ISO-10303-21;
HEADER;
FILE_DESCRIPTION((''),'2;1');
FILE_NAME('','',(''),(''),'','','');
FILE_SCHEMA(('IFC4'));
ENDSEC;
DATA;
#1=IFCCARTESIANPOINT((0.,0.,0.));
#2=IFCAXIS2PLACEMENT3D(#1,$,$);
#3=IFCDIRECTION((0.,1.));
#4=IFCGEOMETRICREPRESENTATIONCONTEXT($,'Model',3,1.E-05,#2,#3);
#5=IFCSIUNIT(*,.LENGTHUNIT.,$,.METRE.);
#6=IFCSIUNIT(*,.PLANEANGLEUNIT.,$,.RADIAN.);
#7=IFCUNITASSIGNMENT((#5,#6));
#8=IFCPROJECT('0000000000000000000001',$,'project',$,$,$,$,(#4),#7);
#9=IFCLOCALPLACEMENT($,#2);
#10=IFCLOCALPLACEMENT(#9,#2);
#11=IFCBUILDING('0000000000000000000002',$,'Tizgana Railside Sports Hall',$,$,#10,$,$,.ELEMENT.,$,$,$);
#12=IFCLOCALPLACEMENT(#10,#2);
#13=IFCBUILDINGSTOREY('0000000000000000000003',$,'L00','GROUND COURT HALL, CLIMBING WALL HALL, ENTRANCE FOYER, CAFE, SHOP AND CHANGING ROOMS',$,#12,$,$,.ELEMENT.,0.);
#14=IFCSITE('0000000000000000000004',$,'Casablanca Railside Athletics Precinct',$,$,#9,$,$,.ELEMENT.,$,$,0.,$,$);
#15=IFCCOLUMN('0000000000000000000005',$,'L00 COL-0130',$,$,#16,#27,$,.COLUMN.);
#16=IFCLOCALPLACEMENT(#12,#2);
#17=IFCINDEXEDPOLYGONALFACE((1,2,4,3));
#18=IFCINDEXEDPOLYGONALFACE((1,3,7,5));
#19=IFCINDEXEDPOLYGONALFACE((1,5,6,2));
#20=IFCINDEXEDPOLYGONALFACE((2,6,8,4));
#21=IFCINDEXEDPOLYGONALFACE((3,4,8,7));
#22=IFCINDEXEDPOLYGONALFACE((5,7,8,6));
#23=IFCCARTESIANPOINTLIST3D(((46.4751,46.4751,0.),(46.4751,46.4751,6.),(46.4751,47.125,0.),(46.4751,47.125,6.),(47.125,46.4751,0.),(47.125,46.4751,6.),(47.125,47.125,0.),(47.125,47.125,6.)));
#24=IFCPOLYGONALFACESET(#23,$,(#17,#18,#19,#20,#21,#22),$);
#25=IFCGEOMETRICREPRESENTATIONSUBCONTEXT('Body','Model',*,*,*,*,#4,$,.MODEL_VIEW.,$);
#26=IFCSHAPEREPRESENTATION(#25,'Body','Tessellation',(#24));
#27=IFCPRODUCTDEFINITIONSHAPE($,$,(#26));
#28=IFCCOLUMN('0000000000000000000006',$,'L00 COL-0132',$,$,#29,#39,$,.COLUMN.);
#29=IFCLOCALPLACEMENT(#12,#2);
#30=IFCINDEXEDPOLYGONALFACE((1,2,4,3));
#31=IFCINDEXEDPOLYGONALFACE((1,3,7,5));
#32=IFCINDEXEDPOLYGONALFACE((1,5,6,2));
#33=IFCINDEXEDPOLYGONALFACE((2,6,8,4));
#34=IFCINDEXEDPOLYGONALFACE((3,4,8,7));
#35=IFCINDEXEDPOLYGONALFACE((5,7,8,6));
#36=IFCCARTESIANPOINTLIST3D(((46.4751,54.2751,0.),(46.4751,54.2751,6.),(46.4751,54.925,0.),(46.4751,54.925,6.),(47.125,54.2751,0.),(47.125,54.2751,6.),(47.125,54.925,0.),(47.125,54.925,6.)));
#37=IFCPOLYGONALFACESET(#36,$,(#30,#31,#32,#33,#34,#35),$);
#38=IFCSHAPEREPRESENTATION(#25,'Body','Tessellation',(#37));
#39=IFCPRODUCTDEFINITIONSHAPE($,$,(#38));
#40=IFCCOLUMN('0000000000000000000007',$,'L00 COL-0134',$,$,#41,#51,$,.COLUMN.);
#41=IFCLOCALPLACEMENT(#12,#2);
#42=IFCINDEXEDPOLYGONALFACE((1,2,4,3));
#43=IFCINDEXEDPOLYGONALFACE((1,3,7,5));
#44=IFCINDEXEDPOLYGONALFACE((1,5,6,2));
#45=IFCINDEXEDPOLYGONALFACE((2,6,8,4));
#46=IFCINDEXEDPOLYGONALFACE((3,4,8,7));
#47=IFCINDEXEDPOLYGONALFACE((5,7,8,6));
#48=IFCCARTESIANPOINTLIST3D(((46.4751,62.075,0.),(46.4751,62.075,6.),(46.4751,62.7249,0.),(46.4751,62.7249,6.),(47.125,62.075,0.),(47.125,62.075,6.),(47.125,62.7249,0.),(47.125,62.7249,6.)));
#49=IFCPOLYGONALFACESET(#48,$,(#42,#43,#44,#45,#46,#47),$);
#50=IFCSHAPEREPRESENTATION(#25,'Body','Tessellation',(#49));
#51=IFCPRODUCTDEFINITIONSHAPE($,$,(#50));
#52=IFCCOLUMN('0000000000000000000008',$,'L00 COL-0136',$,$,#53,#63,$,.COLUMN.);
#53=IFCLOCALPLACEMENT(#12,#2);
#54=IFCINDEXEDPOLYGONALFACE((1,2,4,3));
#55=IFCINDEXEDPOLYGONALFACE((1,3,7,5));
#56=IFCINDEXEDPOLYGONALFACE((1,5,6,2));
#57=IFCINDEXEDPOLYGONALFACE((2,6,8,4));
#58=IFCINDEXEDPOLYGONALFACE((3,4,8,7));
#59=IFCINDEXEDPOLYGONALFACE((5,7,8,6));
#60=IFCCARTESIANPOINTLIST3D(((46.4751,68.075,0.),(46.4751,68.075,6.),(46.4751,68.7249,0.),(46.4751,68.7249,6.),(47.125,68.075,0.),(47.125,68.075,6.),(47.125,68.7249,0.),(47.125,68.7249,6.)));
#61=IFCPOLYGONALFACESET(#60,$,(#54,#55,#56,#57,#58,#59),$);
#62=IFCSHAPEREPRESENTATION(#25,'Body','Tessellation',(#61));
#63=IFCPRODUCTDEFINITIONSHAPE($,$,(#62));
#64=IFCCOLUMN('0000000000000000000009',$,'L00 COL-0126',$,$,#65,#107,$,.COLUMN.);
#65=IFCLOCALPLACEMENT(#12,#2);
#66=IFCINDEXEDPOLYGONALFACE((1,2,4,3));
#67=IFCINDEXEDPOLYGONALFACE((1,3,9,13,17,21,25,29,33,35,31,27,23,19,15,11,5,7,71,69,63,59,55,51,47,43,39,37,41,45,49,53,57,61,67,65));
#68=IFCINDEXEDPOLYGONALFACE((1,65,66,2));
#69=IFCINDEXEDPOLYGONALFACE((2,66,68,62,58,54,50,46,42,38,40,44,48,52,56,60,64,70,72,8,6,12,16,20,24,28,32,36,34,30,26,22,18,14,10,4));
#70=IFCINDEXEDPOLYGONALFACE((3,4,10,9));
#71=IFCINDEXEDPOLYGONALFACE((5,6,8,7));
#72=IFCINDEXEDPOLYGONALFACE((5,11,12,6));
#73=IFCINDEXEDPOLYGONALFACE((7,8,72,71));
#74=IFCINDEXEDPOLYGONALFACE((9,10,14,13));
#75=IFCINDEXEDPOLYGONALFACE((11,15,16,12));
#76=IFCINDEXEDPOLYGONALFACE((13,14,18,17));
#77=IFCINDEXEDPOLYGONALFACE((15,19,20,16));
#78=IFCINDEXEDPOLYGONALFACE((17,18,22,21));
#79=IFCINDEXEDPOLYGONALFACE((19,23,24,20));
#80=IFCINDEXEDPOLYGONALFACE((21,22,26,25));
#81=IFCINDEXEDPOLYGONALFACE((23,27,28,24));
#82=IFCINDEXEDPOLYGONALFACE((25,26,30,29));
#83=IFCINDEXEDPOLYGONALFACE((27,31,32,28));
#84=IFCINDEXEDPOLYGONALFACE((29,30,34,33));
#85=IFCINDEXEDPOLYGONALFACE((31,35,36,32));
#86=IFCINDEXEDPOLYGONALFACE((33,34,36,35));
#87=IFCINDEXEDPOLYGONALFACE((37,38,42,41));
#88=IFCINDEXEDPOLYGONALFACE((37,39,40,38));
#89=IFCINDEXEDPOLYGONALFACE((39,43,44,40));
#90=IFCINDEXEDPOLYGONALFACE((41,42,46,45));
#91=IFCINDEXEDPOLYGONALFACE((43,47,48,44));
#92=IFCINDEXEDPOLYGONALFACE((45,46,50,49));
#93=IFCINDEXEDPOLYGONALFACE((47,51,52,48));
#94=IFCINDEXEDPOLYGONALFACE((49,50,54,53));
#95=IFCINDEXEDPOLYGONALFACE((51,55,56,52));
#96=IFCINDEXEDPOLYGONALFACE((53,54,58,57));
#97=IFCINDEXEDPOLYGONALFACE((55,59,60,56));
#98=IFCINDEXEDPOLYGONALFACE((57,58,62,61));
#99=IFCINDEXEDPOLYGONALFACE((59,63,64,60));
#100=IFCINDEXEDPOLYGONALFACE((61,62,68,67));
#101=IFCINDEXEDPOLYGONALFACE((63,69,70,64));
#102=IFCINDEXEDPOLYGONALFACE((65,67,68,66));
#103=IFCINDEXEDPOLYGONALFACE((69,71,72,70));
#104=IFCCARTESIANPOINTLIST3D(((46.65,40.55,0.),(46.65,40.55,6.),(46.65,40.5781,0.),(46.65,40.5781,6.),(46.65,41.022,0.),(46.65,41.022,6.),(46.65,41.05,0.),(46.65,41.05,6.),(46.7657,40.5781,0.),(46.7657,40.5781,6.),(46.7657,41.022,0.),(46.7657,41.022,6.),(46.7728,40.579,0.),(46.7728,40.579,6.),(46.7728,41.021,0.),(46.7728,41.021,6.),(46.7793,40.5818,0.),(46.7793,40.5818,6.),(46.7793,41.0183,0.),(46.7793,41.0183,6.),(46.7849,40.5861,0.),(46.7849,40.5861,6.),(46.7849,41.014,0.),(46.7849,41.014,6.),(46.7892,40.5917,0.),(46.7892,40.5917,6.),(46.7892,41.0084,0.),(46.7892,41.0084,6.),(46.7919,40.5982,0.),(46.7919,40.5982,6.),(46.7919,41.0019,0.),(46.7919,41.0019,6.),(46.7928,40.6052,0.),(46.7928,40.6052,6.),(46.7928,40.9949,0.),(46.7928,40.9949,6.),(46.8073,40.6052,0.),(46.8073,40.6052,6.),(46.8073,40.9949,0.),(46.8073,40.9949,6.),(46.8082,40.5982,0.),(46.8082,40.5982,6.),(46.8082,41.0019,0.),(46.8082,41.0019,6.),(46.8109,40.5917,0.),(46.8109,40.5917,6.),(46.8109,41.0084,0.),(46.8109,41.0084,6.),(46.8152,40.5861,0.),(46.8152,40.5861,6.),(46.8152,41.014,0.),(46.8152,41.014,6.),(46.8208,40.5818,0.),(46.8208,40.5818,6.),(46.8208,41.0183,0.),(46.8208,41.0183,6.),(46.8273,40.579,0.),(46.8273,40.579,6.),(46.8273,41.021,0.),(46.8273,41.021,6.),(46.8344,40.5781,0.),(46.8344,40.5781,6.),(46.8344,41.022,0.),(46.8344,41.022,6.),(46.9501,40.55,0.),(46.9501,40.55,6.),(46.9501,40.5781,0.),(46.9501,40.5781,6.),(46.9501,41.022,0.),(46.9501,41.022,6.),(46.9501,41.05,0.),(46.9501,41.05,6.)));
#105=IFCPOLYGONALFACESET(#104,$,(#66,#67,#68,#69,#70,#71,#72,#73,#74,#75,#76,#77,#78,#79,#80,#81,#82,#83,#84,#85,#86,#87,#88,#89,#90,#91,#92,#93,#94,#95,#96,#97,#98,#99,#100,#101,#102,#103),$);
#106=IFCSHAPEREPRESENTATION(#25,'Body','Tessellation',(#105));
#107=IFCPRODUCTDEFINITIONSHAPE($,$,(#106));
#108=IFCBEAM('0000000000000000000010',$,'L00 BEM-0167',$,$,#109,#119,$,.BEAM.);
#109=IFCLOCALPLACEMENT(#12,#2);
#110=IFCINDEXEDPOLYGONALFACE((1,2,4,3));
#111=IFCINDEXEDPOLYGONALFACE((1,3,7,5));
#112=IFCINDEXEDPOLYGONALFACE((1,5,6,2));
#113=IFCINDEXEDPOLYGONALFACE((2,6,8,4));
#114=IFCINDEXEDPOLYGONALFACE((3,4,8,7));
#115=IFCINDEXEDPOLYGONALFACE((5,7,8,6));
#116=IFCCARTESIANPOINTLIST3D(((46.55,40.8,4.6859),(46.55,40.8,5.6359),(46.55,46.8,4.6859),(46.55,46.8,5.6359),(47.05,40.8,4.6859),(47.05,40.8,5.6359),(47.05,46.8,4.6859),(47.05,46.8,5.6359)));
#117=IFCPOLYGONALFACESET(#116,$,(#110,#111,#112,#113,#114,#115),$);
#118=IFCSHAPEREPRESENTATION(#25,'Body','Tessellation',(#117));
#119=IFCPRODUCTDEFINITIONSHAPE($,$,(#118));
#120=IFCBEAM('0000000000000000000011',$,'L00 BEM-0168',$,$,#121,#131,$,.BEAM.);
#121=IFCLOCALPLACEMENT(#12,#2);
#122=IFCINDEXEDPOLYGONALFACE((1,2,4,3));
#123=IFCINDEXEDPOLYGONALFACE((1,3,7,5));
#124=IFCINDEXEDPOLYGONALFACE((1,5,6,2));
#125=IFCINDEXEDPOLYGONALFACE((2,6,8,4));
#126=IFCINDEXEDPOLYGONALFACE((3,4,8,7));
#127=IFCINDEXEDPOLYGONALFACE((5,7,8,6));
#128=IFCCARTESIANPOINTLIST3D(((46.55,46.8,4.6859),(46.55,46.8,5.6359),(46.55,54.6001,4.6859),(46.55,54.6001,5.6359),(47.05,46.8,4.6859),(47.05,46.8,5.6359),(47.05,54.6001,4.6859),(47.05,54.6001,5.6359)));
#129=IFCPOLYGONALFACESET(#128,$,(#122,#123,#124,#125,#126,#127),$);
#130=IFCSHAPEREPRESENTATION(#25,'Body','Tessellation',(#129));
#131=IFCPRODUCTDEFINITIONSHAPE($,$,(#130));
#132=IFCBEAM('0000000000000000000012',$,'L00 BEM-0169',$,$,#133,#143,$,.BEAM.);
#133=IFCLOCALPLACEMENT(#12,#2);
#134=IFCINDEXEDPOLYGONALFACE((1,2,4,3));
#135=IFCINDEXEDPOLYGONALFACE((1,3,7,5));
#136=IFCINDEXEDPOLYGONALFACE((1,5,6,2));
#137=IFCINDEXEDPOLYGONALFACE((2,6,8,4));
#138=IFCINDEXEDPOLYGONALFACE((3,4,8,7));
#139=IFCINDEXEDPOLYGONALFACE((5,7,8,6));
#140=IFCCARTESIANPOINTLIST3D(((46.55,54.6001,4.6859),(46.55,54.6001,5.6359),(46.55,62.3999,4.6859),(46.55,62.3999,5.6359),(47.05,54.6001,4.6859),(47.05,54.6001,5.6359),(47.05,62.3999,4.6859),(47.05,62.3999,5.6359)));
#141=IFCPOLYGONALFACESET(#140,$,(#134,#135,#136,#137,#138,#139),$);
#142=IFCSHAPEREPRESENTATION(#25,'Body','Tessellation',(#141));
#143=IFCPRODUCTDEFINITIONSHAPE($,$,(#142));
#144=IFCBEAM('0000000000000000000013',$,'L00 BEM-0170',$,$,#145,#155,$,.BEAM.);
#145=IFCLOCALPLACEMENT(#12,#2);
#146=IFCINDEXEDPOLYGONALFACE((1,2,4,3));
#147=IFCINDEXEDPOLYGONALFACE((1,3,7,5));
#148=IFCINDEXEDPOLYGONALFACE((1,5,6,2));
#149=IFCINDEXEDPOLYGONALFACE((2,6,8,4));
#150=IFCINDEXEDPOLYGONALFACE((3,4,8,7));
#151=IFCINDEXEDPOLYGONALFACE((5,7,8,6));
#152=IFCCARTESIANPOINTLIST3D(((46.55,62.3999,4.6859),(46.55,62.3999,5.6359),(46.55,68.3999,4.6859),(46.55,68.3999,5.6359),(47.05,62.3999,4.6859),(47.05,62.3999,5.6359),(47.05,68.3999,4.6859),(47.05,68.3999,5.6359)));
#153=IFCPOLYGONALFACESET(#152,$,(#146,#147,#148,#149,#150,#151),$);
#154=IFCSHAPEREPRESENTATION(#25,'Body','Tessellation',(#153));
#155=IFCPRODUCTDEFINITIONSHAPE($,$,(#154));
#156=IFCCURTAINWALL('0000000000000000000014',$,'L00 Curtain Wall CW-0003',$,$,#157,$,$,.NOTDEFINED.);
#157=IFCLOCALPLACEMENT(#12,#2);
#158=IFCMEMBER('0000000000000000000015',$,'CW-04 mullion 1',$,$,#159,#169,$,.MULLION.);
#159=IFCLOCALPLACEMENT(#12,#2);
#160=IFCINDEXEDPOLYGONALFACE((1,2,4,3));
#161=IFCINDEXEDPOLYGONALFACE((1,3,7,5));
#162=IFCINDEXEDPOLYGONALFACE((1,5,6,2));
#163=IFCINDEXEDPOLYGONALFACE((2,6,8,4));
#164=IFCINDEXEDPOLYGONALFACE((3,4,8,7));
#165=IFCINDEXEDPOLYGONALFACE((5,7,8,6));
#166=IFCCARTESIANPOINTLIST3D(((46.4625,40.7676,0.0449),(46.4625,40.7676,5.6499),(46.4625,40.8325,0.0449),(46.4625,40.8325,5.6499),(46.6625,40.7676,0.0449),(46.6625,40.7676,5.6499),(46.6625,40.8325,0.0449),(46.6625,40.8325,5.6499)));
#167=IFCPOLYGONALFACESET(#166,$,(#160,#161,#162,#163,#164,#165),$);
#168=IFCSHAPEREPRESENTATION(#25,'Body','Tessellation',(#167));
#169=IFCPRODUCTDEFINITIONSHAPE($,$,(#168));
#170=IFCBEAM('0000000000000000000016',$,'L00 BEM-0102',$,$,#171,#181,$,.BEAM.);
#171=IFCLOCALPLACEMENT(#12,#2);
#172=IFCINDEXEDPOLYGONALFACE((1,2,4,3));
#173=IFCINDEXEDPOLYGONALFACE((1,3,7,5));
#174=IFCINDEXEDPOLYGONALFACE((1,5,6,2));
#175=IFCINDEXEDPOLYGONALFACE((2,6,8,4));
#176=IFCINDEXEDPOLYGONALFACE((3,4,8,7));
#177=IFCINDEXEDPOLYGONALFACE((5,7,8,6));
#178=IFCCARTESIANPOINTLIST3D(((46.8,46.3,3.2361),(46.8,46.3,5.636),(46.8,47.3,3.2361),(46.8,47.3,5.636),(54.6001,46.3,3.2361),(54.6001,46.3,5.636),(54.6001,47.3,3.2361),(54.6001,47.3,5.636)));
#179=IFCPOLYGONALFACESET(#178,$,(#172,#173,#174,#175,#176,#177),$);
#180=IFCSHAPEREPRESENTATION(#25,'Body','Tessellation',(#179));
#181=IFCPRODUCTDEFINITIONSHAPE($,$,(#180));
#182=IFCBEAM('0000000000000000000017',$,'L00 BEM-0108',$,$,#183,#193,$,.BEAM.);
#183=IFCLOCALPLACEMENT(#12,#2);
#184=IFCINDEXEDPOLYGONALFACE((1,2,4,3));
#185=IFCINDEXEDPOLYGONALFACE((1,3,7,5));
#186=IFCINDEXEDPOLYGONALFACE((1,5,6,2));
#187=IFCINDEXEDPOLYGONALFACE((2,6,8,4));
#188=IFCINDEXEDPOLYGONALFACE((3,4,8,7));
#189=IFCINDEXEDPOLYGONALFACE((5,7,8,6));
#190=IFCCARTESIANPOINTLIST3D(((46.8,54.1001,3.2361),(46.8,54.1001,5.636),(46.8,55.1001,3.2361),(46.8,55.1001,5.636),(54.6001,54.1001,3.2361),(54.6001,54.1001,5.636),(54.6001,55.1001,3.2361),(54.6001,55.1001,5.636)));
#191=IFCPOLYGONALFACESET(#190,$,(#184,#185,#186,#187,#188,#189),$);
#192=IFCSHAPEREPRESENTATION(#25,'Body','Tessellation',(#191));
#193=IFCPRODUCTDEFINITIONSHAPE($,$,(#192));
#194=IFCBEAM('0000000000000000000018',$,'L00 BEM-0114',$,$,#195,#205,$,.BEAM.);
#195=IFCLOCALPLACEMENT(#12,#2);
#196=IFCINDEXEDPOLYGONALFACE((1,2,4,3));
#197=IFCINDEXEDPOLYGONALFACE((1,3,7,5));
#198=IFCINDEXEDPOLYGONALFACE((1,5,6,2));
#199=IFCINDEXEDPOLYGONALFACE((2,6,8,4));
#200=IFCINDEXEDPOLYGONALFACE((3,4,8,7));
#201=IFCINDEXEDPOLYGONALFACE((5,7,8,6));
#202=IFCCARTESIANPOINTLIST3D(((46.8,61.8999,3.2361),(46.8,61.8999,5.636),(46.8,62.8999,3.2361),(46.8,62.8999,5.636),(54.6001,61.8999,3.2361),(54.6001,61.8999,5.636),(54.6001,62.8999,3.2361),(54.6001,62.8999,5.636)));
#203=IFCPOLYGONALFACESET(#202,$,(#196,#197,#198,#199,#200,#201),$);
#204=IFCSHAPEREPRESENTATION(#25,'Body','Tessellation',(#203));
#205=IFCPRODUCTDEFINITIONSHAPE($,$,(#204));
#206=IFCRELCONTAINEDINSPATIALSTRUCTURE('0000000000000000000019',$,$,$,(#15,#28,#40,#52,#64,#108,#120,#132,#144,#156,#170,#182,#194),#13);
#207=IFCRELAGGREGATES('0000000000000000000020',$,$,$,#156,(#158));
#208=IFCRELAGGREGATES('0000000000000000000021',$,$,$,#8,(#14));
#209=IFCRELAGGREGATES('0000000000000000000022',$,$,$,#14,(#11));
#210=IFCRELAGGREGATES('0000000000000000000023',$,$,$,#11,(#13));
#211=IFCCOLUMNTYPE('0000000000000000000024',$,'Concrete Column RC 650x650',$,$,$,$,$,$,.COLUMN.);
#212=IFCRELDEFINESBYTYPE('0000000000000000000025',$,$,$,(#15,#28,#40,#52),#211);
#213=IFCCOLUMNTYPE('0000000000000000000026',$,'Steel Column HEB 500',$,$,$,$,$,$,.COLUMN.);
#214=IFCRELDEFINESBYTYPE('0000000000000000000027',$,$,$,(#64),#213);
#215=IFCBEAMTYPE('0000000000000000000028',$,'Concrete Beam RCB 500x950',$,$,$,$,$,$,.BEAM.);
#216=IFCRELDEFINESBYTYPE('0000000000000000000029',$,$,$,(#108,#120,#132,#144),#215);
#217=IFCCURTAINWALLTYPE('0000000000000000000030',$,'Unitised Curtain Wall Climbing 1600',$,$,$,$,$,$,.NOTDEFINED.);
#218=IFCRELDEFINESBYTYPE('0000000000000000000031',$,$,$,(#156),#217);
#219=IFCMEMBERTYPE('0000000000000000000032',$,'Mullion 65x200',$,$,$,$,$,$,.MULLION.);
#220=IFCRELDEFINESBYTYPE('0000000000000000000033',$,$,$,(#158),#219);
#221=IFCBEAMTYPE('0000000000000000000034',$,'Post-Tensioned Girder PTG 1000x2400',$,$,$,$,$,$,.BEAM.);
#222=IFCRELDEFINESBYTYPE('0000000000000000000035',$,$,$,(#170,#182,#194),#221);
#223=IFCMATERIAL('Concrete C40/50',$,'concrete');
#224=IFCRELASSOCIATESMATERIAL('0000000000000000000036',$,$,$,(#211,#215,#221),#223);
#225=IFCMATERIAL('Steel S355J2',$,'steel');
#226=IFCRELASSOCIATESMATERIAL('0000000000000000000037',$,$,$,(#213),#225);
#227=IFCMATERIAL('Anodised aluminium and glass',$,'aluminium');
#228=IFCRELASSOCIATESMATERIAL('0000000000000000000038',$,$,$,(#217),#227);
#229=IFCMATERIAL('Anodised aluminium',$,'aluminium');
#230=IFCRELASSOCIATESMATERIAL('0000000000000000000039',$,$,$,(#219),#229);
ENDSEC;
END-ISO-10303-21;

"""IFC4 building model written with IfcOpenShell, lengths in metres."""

from ifc_helpers import new_model, si_unit, direction, frame, origin, origin_2d, place, context, subcontext, project, spatial, rectangle, i_section, extrude, material, material_profile, profile_set, type_object, element, aggregate, save


model = new_model("IFC4")

# Units and contexts
model_context = context("Model", 3, precision=1e-05, world=origin(), true_north=direction((0.0, 1.0)))
body_context = subcontext(model_context, "Body", "Model", "MODEL_VIEW")
ifc_project = project(units=[si_unit("LENGTHUNIT", "METRE"), si_unit("PLANEANGLEUNIT", "RADIAN")], contexts=[model_context])

# Site, building, storey
site_placement = place(None, origin())
site = spatial("IfcSite", under=ifc_project, at=site_placement, Name="Casablanca Railside Athletics Precinct", CompositionType="ELEMENT", RefElevation=0.0)
building_placement = place(site_placement, origin())
building = spatial("IfcBuilding", under=site, at=building_placement, Name="Tizgana Railside Sports Hall", CompositionType="ELEMENT")
storey_placement = place(building_placement, origin())
storey = spatial("IfcBuildingStorey", under=building, at=storey_placement, Name="L00", Description="GROUND COURT HALL, CLIMBING WALL HALL, ENTRANCE FOYER, CAFE, SHOP AND CHANGING ROOMS", CompositionType="ELEMENT", Elevation=0.0)

# Columns
ifc_material_1 = material(Name="Concrete C40/50", Category="concrete")
ifc_material_profile_1 = material_profile(ifc_material_1, rectangle(XDim=0.6499, YDim=0.6499, at=origin_2d()), Name="RC 650x650")
ifc_profile_set_1 = profile_set([ifc_material_profile_1], Name="Concrete C40/50")
column_type_1 = type_object("IfcColumnType", Name="Concrete Column RC 650x650", PredefinedType="COLUMN", material=ifc_profile_set_1)
for number, where, z_axis, x_axis, name in (
    (1, (46.8, 46.8, 0.0), (0.0, 0.0, 1.0), (1.0, 0.0, 0.0), "L00 COL-0130"),
    (2, (46.8, 54.6001, 0.0), (0.0, 0.0, 1.0), (1.0, 0.0, 0.0), "L00 COL-0132"),
    (3, (46.8, 62.3999, 0.0), (0.0, 0.0, 1.0), (1.0, 0.0, 0.0), "L00 COL-0134"),
    (4, (46.8, 68.3999, 0.0), (0.0, 0.0, 1.0), (1.0, 0.0, 0.0), "L00 COL-0136"),
):
    element("IfcColumn", number, at=place(storey_placement, frame(where, z_axis=z_axis, x_axis=x_axis)), inside=storey, type_object=column_type_1, Name=name, PredefinedType="COLUMN", context=body_context, shape_type="SweptSolid", body=[
        extrude(rectangle(XDim=0.6499, YDim=0.6499, at=origin_2d()), origin(), (0.0, 0.0, 1.0), 6.0),
    ])
ifc_material_2 = material(Name="Steel S355J2", Category="steel")
ifc_material_profile_2 = material_profile(ifc_material_2, i_section(OverallWidth=0.3, OverallDepth=0.5, WebThickness=0.0144, FlangeThickness=0.0281, FilletRadius=0.0271, at=origin_2d()), Name="HEB 500")
ifc_profile_set_2 = profile_set([ifc_material_profile_2], Name="Steel S355J2")
column_type_2 = type_object("IfcColumnType", Name="Steel Column HEB 500", PredefinedType="COLUMN", material=ifc_profile_set_2)
column_placement = place(storey_placement, frame((46.8, 40.8, 0.0), z_axis=(0.0, 0.0, 1.0), x_axis=(1.0, 0.0, 0.0)))
element("IfcColumn", 5, at=column_placement, inside=storey, type_object=column_type_2, Name="L00 COL-0126", PredefinedType="COLUMN", context=body_context, shape_type="SweptSolid", body=[
    extrude(i_section(OverallWidth=0.3, OverallDepth=0.5, WebThickness=0.0144, FlangeThickness=0.0281, FilletRadius=0.0271, at=origin_2d()), origin(), (0.0, 0.0, 1.0), 6.0),
])

# Beams
ifc_material_profile_3 = material_profile(ifc_material_1, rectangle(XDim=0.5, YDim=0.95, at=origin_2d()), Name="RCB 500x950")
ifc_profile_set_3 = profile_set([ifc_material_profile_3], Name="Concrete C40/50")
beam_type_1 = type_object("IfcBeamType", Name="Concrete Beam RCB 500x950", PredefinedType="BEAM", material=ifc_profile_set_3)
beam_1_placement = place(storey_placement, frame((46.8, 40.8, 5.1609), z_axis=(0.0, 1.0, 0.0), x_axis=(-1.0, 0.0, 0.0)))
element("IfcBeam", 6, at=beam_1_placement, inside=storey, type_object=beam_type_1, Name="L00 BEM-0167", PredefinedType="BEAM", context=body_context, shape_type="SweptSolid", body=[
    extrude(rectangle(XDim=0.5, YDim=0.95, at=origin_2d()), origin(), (0.0, 0.0, 1.0), 6.0),
])
beam_2_placement = place(storey_placement, frame((46.8, 46.8, 5.1609), z_axis=(0.0, 1.0, 0.0), x_axis=(-1.0, 0.0, 0.0)))
element("IfcBeam", 7, at=beam_2_placement, inside=storey, type_object=beam_type_1, Name="L00 BEM-0168", PredefinedType="BEAM", context=body_context, shape_type="SweptSolid", body=[
    extrude(rectangle(XDim=0.5, YDim=0.95, at=origin_2d()), origin(), (0.0, 0.0, 1.0), 7.8),
])
beam_3_placement = place(storey_placement, frame((46.8, 54.6001, 5.1609), z_axis=(0.0, 1.0, 0.0), x_axis=(-1.0, 0.0, 0.0)))
element("IfcBeam", 8, at=beam_3_placement, inside=storey, type_object=beam_type_1, Name="L00 BEM-0169", PredefinedType="BEAM", context=body_context, shape_type="SweptSolid", body=[
    extrude(rectangle(XDim=0.5, YDim=0.95, at=origin_2d()), origin(), (0.0, 0.0, 1.0), 7.7998),
])
beam_4_placement = place(storey_placement, frame((46.8, 62.3999, 5.1609), z_axis=(0.0, 1.0, 0.0), x_axis=(-1.0, 0.0, 0.0)))
element("IfcBeam", 9, at=beam_4_placement, inside=storey, type_object=beam_type_1, Name="L00 BEM-0170", PredefinedType="BEAM", context=body_context, shape_type="SweptSolid", body=[
    extrude(rectangle(XDim=0.5, YDim=0.95, at=origin_2d()), origin(), (0.0, 0.0, 1.0), 6.0),
])

# Curtain wall, member
ifc_material_3 = material(Name="Anodised aluminium and glass", Category="aluminium")
curtain_wall_type = type_object("IfcCurtainWallType", Name="Unitised Curtain Wall Climbing 1600", PredefinedType="NOTDEFINED", material=ifc_material_3)
curtain_wall_placement = place(storey_placement, origin())
curtain_wall = element("IfcCurtainWall", 10, at=curtain_wall_placement, inside=storey, type_object=curtain_wall_type, Name="L00 Curtain Wall CW-0003", PredefinedType="NOTDEFINED")
ifc_material_4 = material(Name="Anodised aluminium", Category="aluminium")
ifc_material_profile_4 = material_profile(ifc_material_4, rectangle(XDim=0.0649, YDim=0.2, at=origin_2d()), Name="Mullion 65x200")
ifc_profile_set_4 = profile_set([ifc_material_profile_4], Name="Anodised aluminium")
member_type_1 = type_object("IfcMemberType", Name="Mullion 65x200", PredefinedType="MULLION", material=ifc_profile_set_4)
member_1_placement = place(storey_placement, frame((46.5625, 40.8, 0.0449), z_axis=(0.0, 0.0, 1.0), x_axis=(0.0, -1.0, 0.0)))
member_1 = element("IfcMember", 11, at=member_1_placement, type_object=member_type_1, Name="CW-04 mullion 1", PredefinedType="MULLION", context=body_context, shape_type="SweptSolid", body=[
    extrude(rectangle(XDim=0.0649, YDim=0.2, at=origin_2d()), origin(), (0.0, 0.0, 1.0), 5.605),
])

# Beams
ifc_material_profile_5 = material_profile(ifc_material_1, rectangle(XDim=1.0, YDim=2.3999, at=origin_2d()), Name="PTG 1000x2400")
ifc_profile_set_5 = profile_set([ifc_material_profile_5], Name="Concrete C40/50")
beam_type_2 = type_object("IfcBeamType", Name="Post-Tensioned Girder PTG 1000x2400", PredefinedType="BEAM", material=ifc_profile_set_5)
for number, where, z_axis, x_axis, name in (
    (12, (46.8, 46.8, 4.436), (1.0, 0.0, 0.0), (0.0, 1.0, 0.0), "L00 BEM-0102"),
    (13, (46.8, 54.6001, 4.436), (1.0, 0.0, 0.0), (0.0, 1.0, 0.0), "L00 BEM-0108"),
    (14, (46.8, 62.3999, 4.436), (1.0, 0.0, 0.0), (0.0, 1.0, 0.0), "L00 BEM-0114"),
):
    element("IfcBeam", number, at=place(storey_placement, frame(where, z_axis=z_axis, x_axis=x_axis)), inside=storey, type_object=beam_type_2, Name=name, PredefinedType="BEAM", context=body_context, shape_type="SweptSolid", body=[
        extrude(rectangle(XDim=1.0, YDim=2.3999, at=origin_2d()), origin(), (0.0, 0.0, 1.0), 7.8),
    ])

aggregate(curtain_wall, [member_1])

save(model, "model.ifc")
